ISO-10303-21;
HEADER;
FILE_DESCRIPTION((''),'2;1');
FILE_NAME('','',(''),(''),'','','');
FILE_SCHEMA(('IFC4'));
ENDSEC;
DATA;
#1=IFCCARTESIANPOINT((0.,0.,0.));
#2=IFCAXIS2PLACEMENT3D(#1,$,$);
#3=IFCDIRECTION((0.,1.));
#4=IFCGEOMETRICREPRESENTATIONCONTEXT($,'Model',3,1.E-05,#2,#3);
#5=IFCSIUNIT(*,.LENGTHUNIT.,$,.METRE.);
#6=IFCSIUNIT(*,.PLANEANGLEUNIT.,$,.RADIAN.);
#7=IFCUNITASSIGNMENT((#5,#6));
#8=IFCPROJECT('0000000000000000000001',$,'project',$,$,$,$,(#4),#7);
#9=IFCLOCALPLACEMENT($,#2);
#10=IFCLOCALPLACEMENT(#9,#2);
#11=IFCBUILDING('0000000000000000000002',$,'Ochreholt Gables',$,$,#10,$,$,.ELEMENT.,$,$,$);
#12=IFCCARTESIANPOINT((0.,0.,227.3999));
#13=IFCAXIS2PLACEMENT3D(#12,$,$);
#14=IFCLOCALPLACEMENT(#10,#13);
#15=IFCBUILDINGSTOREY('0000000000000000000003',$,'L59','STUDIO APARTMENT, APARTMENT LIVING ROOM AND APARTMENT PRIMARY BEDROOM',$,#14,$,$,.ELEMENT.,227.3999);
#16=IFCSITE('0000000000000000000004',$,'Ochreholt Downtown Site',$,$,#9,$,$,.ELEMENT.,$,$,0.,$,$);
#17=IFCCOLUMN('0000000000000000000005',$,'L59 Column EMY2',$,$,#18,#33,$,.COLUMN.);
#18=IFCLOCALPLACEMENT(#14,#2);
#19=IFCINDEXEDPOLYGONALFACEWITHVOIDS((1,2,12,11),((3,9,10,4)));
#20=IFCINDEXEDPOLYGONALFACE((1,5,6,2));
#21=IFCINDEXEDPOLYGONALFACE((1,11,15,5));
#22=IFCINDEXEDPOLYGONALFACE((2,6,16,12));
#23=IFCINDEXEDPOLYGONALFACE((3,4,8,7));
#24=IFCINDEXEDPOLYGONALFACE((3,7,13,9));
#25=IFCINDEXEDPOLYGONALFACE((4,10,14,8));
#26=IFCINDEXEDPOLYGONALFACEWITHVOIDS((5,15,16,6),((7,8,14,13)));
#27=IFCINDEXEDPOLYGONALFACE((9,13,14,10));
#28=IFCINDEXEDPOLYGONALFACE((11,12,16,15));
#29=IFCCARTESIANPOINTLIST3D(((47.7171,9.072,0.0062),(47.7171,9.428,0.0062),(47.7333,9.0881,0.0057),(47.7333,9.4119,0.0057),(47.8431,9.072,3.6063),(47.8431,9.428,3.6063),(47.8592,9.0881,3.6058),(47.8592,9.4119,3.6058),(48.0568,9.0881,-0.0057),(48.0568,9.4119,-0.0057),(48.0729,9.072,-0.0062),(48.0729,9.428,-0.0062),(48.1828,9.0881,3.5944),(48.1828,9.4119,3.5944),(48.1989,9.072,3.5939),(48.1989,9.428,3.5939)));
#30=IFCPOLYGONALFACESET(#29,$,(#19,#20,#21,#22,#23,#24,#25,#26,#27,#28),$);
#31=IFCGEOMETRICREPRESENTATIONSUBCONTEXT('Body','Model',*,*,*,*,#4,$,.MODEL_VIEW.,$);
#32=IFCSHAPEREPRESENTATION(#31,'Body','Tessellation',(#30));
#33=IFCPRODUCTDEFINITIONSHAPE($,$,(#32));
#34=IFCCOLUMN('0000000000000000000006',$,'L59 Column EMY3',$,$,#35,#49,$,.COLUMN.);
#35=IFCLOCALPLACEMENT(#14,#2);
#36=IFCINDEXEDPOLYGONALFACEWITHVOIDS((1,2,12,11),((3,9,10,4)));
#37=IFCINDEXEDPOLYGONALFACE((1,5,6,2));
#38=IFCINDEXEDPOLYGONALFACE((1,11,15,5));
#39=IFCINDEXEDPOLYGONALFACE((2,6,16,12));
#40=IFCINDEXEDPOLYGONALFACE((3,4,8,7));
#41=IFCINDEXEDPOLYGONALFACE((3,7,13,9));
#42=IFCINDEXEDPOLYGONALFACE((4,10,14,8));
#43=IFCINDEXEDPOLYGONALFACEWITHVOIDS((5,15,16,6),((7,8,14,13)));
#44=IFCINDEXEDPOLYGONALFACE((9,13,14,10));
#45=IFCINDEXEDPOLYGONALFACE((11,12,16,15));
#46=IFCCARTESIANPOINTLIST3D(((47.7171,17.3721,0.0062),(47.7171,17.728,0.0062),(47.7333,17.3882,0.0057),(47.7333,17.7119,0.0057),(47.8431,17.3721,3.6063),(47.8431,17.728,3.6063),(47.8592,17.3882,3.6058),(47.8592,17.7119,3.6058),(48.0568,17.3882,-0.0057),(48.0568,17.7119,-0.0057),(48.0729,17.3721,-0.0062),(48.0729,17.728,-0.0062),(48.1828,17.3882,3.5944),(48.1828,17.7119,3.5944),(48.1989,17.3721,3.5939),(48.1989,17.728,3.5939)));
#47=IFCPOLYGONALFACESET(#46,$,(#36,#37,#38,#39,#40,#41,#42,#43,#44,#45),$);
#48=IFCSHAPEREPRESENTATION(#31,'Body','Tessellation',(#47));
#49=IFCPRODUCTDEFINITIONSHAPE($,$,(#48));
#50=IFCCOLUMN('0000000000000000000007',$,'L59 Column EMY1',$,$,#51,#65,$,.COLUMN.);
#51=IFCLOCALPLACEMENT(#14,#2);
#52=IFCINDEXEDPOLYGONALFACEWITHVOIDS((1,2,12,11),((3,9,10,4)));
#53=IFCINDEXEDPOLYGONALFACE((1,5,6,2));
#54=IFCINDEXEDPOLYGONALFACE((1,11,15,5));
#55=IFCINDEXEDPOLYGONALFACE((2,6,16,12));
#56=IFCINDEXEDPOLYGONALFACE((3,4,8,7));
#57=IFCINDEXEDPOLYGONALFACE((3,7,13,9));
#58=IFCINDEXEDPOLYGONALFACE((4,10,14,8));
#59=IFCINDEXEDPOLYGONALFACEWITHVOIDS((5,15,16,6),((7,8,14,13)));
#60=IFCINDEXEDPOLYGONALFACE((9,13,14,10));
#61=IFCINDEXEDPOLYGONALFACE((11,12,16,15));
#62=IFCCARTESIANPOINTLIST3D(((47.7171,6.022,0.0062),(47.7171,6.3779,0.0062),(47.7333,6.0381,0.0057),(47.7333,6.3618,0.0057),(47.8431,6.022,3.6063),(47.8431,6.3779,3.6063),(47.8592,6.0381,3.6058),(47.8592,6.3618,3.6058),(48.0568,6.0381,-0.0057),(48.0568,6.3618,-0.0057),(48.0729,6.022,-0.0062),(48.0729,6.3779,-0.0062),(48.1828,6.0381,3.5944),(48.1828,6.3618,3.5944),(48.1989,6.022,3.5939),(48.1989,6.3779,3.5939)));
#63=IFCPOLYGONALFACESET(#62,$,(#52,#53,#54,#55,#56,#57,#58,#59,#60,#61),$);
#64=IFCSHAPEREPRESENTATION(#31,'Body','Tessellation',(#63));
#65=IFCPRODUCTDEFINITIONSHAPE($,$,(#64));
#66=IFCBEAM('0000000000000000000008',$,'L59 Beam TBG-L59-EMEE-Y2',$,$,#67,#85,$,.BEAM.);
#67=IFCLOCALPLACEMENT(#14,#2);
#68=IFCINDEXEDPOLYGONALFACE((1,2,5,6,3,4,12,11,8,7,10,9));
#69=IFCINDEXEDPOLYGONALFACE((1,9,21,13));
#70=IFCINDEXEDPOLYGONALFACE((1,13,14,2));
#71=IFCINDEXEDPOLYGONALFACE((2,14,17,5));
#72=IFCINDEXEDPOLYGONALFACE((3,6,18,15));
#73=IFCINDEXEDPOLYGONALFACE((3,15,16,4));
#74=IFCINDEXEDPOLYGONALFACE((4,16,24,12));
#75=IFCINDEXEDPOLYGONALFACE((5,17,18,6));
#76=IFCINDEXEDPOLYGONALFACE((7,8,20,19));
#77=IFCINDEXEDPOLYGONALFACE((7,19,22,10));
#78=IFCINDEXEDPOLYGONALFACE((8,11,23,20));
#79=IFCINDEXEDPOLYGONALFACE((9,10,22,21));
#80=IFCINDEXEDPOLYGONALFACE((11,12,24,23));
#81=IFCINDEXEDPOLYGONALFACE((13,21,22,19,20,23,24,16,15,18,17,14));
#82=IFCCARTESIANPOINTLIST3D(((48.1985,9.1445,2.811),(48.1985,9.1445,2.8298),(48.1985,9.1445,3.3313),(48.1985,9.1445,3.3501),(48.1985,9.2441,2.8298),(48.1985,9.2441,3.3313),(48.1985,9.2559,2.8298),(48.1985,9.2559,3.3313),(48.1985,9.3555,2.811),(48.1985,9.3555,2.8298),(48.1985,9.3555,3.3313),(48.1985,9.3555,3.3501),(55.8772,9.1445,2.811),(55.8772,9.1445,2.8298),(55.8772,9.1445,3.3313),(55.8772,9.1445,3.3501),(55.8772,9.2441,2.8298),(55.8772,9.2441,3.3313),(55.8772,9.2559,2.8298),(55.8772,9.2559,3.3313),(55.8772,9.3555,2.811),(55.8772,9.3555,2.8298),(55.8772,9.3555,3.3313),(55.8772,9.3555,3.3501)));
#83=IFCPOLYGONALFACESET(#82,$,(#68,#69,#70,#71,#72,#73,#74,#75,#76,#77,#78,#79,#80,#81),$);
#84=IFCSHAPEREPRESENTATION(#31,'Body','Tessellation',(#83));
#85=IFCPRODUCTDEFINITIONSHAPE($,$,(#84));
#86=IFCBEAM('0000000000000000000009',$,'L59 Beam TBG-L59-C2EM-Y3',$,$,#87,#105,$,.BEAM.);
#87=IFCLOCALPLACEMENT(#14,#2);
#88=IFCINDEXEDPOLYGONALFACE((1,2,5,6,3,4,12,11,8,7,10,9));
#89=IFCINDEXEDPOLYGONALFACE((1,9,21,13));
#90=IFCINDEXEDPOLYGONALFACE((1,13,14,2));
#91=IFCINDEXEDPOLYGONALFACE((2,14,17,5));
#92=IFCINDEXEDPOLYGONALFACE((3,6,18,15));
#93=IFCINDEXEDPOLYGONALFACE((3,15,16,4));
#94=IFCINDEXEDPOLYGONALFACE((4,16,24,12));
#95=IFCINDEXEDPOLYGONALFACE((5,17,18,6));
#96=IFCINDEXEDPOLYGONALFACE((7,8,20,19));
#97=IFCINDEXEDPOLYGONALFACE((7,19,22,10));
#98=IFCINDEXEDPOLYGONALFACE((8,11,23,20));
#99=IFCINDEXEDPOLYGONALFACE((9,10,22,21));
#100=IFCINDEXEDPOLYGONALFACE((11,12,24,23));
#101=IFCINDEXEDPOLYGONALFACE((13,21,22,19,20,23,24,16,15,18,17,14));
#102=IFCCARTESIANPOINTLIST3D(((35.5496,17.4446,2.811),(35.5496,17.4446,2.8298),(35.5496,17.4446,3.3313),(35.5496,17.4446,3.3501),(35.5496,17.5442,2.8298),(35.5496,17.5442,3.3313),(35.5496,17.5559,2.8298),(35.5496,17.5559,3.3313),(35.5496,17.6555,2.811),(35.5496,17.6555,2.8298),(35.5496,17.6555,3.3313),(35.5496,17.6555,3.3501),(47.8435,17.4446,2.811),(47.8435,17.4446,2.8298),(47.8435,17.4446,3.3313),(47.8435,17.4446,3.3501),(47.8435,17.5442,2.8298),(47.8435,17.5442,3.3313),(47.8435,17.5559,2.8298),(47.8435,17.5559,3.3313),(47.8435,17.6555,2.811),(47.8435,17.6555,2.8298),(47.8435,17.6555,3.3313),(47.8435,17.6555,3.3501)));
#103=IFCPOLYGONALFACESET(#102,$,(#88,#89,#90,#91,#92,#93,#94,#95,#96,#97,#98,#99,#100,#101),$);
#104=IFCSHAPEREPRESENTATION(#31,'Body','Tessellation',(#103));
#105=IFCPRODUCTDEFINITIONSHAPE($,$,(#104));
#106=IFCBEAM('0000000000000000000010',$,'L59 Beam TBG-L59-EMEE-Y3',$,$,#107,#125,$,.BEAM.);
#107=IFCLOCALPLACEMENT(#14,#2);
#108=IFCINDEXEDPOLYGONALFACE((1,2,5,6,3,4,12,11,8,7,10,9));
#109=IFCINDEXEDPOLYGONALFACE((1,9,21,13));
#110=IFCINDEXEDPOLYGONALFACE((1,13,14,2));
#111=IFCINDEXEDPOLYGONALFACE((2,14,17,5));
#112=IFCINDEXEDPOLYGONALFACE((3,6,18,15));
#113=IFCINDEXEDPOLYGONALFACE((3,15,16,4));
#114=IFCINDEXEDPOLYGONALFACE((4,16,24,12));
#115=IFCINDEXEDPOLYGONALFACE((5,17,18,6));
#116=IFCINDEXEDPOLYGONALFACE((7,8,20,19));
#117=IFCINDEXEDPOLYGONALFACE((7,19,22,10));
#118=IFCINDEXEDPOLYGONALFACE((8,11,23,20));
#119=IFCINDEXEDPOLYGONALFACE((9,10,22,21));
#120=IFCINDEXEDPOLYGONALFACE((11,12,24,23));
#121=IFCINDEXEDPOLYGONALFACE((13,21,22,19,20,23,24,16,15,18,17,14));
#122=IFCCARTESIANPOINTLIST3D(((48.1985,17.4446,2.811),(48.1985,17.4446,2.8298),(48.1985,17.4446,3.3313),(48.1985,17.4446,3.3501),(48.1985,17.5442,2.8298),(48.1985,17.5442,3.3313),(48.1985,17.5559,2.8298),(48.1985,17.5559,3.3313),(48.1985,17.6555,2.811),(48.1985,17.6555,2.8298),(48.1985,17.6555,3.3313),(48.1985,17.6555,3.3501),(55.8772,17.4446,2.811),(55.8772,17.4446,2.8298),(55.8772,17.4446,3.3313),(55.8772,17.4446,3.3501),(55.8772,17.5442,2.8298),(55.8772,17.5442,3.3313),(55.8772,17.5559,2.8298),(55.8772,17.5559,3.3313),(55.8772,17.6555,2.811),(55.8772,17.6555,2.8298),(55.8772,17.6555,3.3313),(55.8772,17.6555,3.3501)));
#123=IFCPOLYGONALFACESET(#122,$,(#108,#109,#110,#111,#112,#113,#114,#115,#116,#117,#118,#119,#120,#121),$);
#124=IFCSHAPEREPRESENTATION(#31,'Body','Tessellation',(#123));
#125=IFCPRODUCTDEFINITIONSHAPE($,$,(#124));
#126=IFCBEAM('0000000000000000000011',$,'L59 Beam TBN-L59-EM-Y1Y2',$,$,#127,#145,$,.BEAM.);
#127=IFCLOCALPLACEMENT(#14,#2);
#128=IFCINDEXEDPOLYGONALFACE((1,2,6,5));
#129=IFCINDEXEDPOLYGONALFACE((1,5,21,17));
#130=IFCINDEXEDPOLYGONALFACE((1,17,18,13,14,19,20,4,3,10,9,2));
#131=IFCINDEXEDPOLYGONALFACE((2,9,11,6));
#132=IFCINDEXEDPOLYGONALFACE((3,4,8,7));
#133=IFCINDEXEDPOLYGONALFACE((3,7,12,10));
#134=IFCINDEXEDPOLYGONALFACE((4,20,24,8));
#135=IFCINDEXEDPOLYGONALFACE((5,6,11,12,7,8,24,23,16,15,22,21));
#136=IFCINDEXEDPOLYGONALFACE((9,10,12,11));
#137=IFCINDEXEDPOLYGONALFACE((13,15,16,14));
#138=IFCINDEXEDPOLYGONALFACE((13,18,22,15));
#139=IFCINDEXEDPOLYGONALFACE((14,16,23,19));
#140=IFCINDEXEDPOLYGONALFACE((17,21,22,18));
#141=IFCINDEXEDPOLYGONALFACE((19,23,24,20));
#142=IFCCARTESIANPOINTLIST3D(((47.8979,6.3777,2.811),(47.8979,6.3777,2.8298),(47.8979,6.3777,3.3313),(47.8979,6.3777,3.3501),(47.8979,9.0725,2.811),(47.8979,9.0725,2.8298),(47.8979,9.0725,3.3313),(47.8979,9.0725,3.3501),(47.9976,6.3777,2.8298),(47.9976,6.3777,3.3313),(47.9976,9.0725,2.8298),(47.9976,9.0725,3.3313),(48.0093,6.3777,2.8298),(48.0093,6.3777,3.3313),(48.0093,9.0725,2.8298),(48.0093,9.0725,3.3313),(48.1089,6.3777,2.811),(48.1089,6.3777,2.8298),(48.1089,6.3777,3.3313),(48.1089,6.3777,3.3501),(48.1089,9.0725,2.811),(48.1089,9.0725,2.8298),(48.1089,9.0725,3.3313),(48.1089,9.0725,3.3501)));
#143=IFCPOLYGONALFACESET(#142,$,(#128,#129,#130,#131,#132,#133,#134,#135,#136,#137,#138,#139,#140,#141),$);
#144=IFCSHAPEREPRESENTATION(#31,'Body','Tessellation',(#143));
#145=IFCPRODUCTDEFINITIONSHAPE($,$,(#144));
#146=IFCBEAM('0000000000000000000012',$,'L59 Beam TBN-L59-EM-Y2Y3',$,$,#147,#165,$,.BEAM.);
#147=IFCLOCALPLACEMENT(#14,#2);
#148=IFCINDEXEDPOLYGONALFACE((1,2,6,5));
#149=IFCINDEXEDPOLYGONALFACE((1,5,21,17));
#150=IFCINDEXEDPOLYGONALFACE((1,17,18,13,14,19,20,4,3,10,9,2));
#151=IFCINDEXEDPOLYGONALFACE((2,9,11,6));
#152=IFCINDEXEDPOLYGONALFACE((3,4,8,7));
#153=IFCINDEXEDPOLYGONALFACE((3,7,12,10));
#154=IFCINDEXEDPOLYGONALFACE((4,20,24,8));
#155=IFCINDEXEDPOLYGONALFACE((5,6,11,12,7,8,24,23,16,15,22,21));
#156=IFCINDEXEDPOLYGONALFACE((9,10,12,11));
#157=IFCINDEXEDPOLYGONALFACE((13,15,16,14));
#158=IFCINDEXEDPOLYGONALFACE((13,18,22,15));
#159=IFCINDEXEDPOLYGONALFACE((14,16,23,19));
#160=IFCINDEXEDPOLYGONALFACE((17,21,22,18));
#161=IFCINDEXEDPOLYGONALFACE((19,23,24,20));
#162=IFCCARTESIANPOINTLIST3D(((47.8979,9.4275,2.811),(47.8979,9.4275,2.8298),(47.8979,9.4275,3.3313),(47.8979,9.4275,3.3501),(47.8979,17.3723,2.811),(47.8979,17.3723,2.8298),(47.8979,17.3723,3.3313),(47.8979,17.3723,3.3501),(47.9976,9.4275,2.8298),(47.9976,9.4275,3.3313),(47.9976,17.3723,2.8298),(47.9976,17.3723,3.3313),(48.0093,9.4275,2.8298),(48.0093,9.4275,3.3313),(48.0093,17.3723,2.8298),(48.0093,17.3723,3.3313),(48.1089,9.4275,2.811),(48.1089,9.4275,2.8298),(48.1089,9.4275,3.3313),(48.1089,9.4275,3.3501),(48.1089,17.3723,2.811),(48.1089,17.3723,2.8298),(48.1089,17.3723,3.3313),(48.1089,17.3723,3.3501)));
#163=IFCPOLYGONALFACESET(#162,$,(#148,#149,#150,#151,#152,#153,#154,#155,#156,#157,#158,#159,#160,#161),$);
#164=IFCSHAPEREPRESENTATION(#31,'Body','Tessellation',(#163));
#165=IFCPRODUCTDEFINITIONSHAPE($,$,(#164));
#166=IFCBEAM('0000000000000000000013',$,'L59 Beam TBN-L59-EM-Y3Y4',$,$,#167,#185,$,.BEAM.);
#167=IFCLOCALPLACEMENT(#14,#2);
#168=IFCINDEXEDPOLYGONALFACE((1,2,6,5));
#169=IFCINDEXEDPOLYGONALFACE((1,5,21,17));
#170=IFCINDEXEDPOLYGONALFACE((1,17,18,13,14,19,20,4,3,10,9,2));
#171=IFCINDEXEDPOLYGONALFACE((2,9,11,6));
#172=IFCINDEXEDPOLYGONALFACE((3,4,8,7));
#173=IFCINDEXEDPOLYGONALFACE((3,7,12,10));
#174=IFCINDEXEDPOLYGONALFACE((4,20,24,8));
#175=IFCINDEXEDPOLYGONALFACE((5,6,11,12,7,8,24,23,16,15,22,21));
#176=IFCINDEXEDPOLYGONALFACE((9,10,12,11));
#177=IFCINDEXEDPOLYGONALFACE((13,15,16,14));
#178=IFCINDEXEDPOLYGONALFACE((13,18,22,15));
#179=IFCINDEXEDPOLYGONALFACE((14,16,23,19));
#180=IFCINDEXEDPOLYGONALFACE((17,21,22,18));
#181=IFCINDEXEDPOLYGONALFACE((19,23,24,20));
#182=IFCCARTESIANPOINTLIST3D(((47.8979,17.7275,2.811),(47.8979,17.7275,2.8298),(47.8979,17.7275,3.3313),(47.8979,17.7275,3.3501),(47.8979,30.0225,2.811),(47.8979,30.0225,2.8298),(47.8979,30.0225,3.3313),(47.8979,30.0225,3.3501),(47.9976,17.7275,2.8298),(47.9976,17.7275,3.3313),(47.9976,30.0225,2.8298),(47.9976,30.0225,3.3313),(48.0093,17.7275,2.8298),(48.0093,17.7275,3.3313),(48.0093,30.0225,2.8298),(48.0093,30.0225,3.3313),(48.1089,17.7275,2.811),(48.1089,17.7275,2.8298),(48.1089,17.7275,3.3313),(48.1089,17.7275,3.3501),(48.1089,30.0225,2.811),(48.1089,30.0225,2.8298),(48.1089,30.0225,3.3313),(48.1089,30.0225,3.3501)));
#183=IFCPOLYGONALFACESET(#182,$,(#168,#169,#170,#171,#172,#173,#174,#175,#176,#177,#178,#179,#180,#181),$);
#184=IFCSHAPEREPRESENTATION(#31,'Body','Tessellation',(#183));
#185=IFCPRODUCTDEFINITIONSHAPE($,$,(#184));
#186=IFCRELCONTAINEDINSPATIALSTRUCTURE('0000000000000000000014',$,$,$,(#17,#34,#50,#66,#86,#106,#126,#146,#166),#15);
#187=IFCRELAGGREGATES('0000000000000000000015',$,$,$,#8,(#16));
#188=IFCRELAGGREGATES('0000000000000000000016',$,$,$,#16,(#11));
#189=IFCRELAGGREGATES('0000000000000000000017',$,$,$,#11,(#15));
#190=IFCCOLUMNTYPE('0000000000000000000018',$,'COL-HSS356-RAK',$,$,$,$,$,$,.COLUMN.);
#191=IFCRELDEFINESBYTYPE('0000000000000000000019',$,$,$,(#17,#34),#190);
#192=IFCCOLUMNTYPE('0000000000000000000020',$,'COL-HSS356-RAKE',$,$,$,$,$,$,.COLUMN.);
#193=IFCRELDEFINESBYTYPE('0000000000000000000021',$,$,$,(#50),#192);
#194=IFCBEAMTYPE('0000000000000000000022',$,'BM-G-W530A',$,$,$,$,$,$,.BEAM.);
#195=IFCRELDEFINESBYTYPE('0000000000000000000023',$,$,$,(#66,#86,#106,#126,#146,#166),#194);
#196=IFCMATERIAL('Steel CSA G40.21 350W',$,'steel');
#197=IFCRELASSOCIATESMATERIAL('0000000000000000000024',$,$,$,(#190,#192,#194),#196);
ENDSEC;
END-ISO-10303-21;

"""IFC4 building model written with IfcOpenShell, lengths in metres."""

from ifc_helpers import new_model, si_unit, direction, frame, origin, origin_2d, place, context, subcontext, project, spatial, hollow_rectangle, i_section, extrude, material, material_profile, profile_set, type_object, element, save


model = new_model("IFC4")

# Units and contexts
model_context = context("Model", 3, precision=1e-05, world=origin(), true_north=direction((0.0, 1.0)))
body_context = subcontext(model_context, "Body", "Model", "MODEL_VIEW")
ifc_project = project(units=[si_unit("LENGTHUNIT", "METRE"), si_unit("PLANEANGLEUNIT", "RADIAN")], contexts=[model_context])

# Site, building, storey
site_placement = place(None, origin())
site = spatial("IfcSite", under=ifc_project, at=site_placement, Name="Ochreholt Downtown Site", CompositionType="ELEMENT", RefElevation=0.0)
building_placement = place(site_placement, origin())
building = spatial("IfcBuilding", under=site, at=building_placement, Name="Ochreholt Gables", CompositionType="ELEMENT")
storey_placement = place(building_placement, frame((0.0, 0.0, 227.3999)))
storey = spatial("IfcBuildingStorey", under=building, at=storey_placement, Name="L59", Description="STUDIO APARTMENT, APARTMENT LIVING ROOM AND APARTMENT PRIMARY BEDROOM", CompositionType="ELEMENT", Elevation=227.3999)

# Columns
ifc_material_1 = material(Name="Steel CSA G40.21 350W", Category="steel")
ifc_material_profile_1 = material_profile(ifc_material_1, hollow_rectangle(XDim=0.356, YDim=0.356, WallThickness=0.0161, at=origin_2d()), Name="HSS356X356X16")
ifc_profile_set_1 = profile_set([ifc_material_profile_1], Name="Steel CSA G40.21 350W")
column_type_1 = type_object("IfcColumnType", Name="COL-HSS356-RAK", PredefinedType="COLUMN", material=ifc_profile_set_1)
for number, where, z_axis, x_axis, name in (
    (1, (47.895, 9.25, 0.0), (0.034971, 0.0, 0.999388), (0.0, 1.0, 0.0), "L59 Column EMY2"),
    (2, (47.895, 17.55, 0.0), (0.034971, 0.0, 0.999388), (0.0, 1.0, 0.0), "L59 Column EMY3"),
):
    element("IfcColumn", number, at=place(storey_placement, frame(where, z_axis=z_axis, x_axis=x_axis)), inside=storey, type_object=column_type_1, Name=name, PredefinedType="COLUMN", context=body_context, shape_type="SweptSolid", body=[
        extrude(hollow_rectangle(XDim=0.356, YDim=0.356, WallThickness=0.0161, at=origin_2d()), origin(), (0.0, 0.0, 1.0), 3.6023),
    ])
ifc_material_profile_2 = material_profile(ifc_material_1, hollow_rectangle(XDim=0.356, YDim=0.356, WallThickness=0.0161, at=origin_2d()), Name="HSS356X356X16")
ifc_profile_set_2 = profile_set([ifc_material_profile_2], Name="Steel CSA G40.21 350W")
column_type_2 = type_object("IfcColumnType", Name="COL-HSS356-RAKE", PredefinedType="COLUMN", material=ifc_profile_set_2)
column_placement = place(storey_placement, frame((47.895, 6.2, 0.0), z_axis=(0.034971, 0.0, 0.999388), x_axis=(0.0, 1.0, 0.0)))
element("IfcColumn", 3, at=column_placement, inside=storey, type_object=column_type_2, Name="L59 Column EMY1", PredefinedType="COLUMN", context=body_context, shape_type="SweptSolid", body=[
    extrude(hollow_rectangle(XDim=0.356, YDim=0.356, WallThickness=0.0161, at=origin_2d()), origin(), (0.0, 0.0, 1.0), 3.6023),
])

# Beams
ifc_material_profile_3 = material_profile(ifc_material_1, i_section(OverallWidth=0.2109, OverallDepth=0.5391, WebThickness=0.0117, FlangeThickness=0.0188, at=origin_2d()), Name="W530X109")
ifc_profile_set_3 = profile_set([ifc_material_profile_3], Name="Steel CSA G40.21 350W")
beam_type_1 = type_object("IfcBeamType", Name="BM-G-W530A", PredefinedType="BEAM", material=ifc_profile_set_3)
beam_1_placement = place(storey_placement, frame((48.1985, 9.25, 3.0806), z_axis=(1.0, 0.0, 0.0), x_axis=(0.0, 1.0, 0.0)))
element("IfcBeam", 4, at=beam_1_placement, inside=storey, type_object=beam_type_1, Name="L59 Beam TBG-L59-EMEE-Y2", PredefinedType="BEAM", context=body_context, shape_type="SweptSolid", body=[
    extrude(i_section(OverallWidth=0.2109, OverallDepth=0.5391, WebThickness=0.0117, FlangeThickness=0.0188, at=origin_2d()), origin(), (0.0, 0.0, 1.0), 7.6787),
])
beam_2_placement = place(storey_placement, frame((35.5496, 17.55, 3.0806), z_axis=(1.0, 0.0, 0.0), x_axis=(0.0, 1.0, 0.0)))
element("IfcBeam", 5, at=beam_2_placement, inside=storey, type_object=beam_type_1, Name="L59 Beam TBG-L59-C2EM-Y3", PredefinedType="BEAM", context=body_context, shape_type="SweptSolid", body=[
    extrude(i_section(OverallWidth=0.2109, OverallDepth=0.5391, WebThickness=0.0117, FlangeThickness=0.0188, at=origin_2d()), origin(), (0.0, 0.0, 1.0), 12.2939),
])
beam_3_placement = place(storey_placement, frame((48.1985, 17.55, 3.0806), z_axis=(1.0, 0.0, 0.0), x_axis=(0.0, 1.0, 0.0)))
element("IfcBeam", 6, at=beam_3_placement, inside=storey, type_object=beam_type_1, Name="L59 Beam TBG-L59-EMEE-Y3", PredefinedType="BEAM", context=body_context, shape_type="SweptSolid", body=[
    extrude(i_section(OverallWidth=0.2109, OverallDepth=0.5391, WebThickness=0.0117, FlangeThickness=0.0188, at=origin_2d()), origin(), (0.0, 0.0, 1.0), 7.6787),
])
beam_4_placement = place(storey_placement, frame((48.0034, 6.3777, 3.0806), z_axis=(0.0, 1.0, 0.0), x_axis=(-1.0, 0.0, 0.0)))
element("IfcBeam", 7, at=beam_4_placement, inside=storey, type_object=beam_type_1, Name="L59 Beam TBN-L59-EM-Y1Y2", PredefinedType="BEAM", context=body_context, shape_type="SweptSolid", body=[
    extrude(i_section(OverallWidth=0.2109, OverallDepth=0.5391, WebThickness=0.0117, FlangeThickness=0.0188, at=origin_2d()), origin(), (0.0, 0.0, 1.0), 2.6948),
])
beam_5_placement = place(storey_placement, frame((48.0034, 9.4275, 3.0806), z_axis=(0.0, 1.0, 0.0), x_axis=(-1.0, 0.0, 0.0)))
element("IfcBeam", 8, at=beam_5_placement, inside=storey, type_object=beam_type_1, Name="L59 Beam TBN-L59-EM-Y2Y3", PredefinedType="BEAM", context=body_context, shape_type="SweptSolid", body=[
    extrude(i_section(OverallWidth=0.2109, OverallDepth=0.5391, WebThickness=0.0117, FlangeThickness=0.0188, at=origin_2d()), origin(), (0.0, 0.0, 1.0), 7.9448),
])
beam_6_placement = place(storey_placement, frame((48.0034, 17.7275, 3.0806), z_axis=(0.0, 1.0, 0.0), x_axis=(-1.0, 0.0, 0.0)))
element("IfcBeam", 9, at=beam_6_placement, inside=storey, type_object=beam_type_1, Name="L59 Beam TBN-L59-EM-Y3Y4", PredefinedType="BEAM", context=body_context, shape_type="SweptSolid", body=[
    extrude(i_section(OverallWidth=0.2109, OverallDepth=0.5391, WebThickness=0.0117, FlangeThickness=0.0188, at=origin_2d()), origin(), (0.0, 0.0, 1.0), 12.2949),
])

save(model, "model.ifc")
